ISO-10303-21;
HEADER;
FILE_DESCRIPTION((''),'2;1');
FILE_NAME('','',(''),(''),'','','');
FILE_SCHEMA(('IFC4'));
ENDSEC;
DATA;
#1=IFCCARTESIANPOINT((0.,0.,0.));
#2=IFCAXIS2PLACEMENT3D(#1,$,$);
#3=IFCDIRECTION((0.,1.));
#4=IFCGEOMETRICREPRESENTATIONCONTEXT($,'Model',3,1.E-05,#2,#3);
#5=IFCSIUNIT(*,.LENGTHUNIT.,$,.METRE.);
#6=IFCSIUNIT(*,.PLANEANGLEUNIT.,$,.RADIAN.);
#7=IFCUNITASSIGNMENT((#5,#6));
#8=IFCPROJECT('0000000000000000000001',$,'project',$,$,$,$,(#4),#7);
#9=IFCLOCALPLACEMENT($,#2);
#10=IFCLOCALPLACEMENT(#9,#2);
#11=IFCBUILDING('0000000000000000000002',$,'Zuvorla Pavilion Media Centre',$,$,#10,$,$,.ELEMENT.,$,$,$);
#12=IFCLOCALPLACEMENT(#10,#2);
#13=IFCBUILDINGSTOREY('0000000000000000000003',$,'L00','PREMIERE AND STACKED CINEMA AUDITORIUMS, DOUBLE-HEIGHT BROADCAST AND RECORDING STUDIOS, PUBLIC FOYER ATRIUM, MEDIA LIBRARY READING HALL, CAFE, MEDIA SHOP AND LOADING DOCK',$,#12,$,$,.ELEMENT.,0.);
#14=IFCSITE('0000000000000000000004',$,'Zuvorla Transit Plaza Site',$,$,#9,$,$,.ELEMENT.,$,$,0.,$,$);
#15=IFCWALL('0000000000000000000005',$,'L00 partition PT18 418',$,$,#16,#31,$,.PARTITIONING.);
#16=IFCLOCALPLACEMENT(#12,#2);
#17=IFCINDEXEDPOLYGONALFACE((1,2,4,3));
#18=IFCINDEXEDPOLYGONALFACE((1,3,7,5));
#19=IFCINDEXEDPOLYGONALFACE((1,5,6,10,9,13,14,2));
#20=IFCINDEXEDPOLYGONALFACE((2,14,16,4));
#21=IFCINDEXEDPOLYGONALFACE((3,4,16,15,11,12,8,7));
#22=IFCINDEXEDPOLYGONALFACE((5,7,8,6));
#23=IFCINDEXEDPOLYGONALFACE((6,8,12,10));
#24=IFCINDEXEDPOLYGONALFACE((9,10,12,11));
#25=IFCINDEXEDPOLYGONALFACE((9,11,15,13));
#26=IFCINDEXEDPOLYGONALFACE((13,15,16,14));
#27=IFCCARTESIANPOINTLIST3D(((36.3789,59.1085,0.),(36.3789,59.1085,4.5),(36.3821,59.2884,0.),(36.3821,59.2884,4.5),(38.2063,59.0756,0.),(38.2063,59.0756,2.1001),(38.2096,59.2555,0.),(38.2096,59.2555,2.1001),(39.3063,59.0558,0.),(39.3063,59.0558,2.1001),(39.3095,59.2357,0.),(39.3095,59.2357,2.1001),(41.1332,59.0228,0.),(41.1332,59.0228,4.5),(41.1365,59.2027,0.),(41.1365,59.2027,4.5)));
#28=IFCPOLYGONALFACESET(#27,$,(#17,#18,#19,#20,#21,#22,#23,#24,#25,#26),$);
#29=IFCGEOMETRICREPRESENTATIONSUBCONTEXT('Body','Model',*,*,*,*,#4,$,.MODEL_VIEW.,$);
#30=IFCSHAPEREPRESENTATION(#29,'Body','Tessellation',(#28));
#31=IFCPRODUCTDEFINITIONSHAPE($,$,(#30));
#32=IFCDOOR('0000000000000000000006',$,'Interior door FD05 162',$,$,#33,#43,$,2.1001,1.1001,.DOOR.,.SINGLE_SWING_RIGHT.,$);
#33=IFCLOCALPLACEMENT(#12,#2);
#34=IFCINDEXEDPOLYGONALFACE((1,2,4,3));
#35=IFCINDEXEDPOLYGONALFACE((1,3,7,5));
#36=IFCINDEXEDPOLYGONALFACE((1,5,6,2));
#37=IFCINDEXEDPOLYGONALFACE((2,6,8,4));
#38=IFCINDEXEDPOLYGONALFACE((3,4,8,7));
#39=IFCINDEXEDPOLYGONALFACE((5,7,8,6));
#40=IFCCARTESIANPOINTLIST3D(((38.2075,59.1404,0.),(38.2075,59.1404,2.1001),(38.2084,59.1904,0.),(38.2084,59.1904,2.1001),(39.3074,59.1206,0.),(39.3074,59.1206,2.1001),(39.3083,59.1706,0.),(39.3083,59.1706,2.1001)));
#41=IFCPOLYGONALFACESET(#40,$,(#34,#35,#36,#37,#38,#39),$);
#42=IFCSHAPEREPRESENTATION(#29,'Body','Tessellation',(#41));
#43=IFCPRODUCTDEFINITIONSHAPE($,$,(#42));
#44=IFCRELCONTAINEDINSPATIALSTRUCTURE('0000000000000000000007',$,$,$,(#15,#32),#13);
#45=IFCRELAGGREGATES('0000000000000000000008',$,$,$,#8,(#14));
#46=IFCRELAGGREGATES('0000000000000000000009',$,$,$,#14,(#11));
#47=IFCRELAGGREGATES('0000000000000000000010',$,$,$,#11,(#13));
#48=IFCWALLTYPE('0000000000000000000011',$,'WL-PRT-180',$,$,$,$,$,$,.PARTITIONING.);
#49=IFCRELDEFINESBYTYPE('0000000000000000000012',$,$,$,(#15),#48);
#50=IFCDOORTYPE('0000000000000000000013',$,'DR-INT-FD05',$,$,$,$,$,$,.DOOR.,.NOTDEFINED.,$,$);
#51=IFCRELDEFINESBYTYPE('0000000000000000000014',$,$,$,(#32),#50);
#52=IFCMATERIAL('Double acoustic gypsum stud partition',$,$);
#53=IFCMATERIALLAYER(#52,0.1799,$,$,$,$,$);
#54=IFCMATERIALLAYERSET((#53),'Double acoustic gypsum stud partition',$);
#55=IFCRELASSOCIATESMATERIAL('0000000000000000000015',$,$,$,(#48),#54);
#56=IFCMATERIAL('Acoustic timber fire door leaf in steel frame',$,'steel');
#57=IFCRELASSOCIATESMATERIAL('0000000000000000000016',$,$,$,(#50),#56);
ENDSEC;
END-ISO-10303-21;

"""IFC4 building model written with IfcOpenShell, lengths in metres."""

from ifc_helpers import new_model, si_unit, direction, frame, frame_2d, origin, place, context, subcontext, project, spatial, rectangle, extrude, material, layer, layer_set, type_object, element, fill, save


model = new_model("IFC4")

# Units and contexts
model_context = context("Model", 3, precision=1e-05, world=origin(), true_north=direction((0.0, 1.0)))
body_context = subcontext(model_context, "Body", "Model", "MODEL_VIEW")
ifc_project = project(units=[si_unit("LENGTHUNIT", "METRE"), si_unit("PLANEANGLEUNIT", "RADIAN")], contexts=[model_context])

# Site, building, storey
site_placement = place(None, origin())
site = spatial("IfcSite", under=ifc_project, at=site_placement, Name="Zuvorla Transit Plaza Site", CompositionType="ELEMENT", RefElevation=0.0)
building_placement = place(site_placement, origin())
building = spatial("IfcBuilding", under=site, at=building_placement, Name="Zuvorla Pavilion Media Centre", CompositionType="ELEMENT")
storey_placement = place(building_placement, origin())
storey = spatial("IfcBuildingStorey", under=building, at=storey_placement, Name="L00", Description="PREMIERE AND STACKED CINEMA AUDITORIUMS, DOUBLE-HEIGHT BROADCAST AND RECORDING STUDIOS, PUBLIC FOYER ATRIUM, MEDIA LIBRARY READING HALL, CAFE, MEDIA SHOP AND LOADING DOCK", CompositionType="ELEMENT", Elevation=0.0)

# Wall, opening, door
ifc_material_1 = material(Name="Double acoustic gypsum stud partition")
ifc_layer = layer(ifc_material_1, 0.1799)
ifc_layer_set = layer_set([ifc_layer], Name="Double acoustic gypsum stud partition")
wall_type = type_object("IfcWallType", Name="WL-PRT-180", PredefinedType="PARTITIONING", material=ifc_layer_set)
ifc_material_2 = material(Name="Acoustic timber fire door leaf in steel frame", Category="steel")
wall_1_placement = place(storey_placement, frame((36.3806, 59.1985, 0.0), z_axis=(0.0, 0.0, 1.0), x_axis=(0.999838, -0.018021, 0.0)))
wall_1 = element("IfcWall", 1, at=wall_1_placement, inside=storey, type_object=wall_type, Name="L00 partition PT18 418", PredefinedType="PARTITIONING", context=body_context, shape_type="SweptSolid", body=[
    extrude(rectangle(XDim=4.7551, YDim=0.1799, at=frame_2d((2.3774, 0.0))), origin(), (0.0, 0.0, 1.0), 4.5),
])
opening_1_placement = place(wall_1_placement, frame((1.8276, 0.0, 0.0)))
opening_1 = element("IfcOpeningElement", 2, at=opening_1_placement, cuts=wall_1, PredefinedType="OPENING", context=body_context, shape_type="SweptSolid", body=[
    extrude(rectangle(XDim=1.1001, YDim=2.1001, at=frame_2d((0.55, 1.05))), frame((0.0, 0.0999, 0.0), z_axis=(0.0, -1.0, 0.0), x_axis=(1.0, 0.0, 0.0)), (0.0, 0.0, 1.0), 0.2),
])
door_type_1 = type_object("IfcDoorType", Name="DR-INT-FD05", OperationType="NOTDEFINED", PredefinedType="DOOR", material=ifc_material_2)
door_1_placement = place(opening_1_placement, origin())
door_1 = element("IfcDoor", 3, at=door_1_placement, inside=storey, type_object=door_type_1, Name="Interior door FD05 162", OperationType="SINGLE_SWING_RIGHT", OverallHeight=2.1001, OverallWidth=1.1001, PredefinedType="DOOR", context=body_context, shape_type="SweptSolid", body=[
    extrude(rectangle(XDim=1.1001, YDim=2.1001, at=frame_2d((0.55, 1.05))), frame((0.0, 0.0249, 0.0), z_axis=(0.0, -1.0, 0.0), x_axis=(1.0, 0.0, 0.0)), (0.0, 0.0, 1.0), 0.05),
])
fill(opening_1, door_1)

save(model, "model.ifc")
